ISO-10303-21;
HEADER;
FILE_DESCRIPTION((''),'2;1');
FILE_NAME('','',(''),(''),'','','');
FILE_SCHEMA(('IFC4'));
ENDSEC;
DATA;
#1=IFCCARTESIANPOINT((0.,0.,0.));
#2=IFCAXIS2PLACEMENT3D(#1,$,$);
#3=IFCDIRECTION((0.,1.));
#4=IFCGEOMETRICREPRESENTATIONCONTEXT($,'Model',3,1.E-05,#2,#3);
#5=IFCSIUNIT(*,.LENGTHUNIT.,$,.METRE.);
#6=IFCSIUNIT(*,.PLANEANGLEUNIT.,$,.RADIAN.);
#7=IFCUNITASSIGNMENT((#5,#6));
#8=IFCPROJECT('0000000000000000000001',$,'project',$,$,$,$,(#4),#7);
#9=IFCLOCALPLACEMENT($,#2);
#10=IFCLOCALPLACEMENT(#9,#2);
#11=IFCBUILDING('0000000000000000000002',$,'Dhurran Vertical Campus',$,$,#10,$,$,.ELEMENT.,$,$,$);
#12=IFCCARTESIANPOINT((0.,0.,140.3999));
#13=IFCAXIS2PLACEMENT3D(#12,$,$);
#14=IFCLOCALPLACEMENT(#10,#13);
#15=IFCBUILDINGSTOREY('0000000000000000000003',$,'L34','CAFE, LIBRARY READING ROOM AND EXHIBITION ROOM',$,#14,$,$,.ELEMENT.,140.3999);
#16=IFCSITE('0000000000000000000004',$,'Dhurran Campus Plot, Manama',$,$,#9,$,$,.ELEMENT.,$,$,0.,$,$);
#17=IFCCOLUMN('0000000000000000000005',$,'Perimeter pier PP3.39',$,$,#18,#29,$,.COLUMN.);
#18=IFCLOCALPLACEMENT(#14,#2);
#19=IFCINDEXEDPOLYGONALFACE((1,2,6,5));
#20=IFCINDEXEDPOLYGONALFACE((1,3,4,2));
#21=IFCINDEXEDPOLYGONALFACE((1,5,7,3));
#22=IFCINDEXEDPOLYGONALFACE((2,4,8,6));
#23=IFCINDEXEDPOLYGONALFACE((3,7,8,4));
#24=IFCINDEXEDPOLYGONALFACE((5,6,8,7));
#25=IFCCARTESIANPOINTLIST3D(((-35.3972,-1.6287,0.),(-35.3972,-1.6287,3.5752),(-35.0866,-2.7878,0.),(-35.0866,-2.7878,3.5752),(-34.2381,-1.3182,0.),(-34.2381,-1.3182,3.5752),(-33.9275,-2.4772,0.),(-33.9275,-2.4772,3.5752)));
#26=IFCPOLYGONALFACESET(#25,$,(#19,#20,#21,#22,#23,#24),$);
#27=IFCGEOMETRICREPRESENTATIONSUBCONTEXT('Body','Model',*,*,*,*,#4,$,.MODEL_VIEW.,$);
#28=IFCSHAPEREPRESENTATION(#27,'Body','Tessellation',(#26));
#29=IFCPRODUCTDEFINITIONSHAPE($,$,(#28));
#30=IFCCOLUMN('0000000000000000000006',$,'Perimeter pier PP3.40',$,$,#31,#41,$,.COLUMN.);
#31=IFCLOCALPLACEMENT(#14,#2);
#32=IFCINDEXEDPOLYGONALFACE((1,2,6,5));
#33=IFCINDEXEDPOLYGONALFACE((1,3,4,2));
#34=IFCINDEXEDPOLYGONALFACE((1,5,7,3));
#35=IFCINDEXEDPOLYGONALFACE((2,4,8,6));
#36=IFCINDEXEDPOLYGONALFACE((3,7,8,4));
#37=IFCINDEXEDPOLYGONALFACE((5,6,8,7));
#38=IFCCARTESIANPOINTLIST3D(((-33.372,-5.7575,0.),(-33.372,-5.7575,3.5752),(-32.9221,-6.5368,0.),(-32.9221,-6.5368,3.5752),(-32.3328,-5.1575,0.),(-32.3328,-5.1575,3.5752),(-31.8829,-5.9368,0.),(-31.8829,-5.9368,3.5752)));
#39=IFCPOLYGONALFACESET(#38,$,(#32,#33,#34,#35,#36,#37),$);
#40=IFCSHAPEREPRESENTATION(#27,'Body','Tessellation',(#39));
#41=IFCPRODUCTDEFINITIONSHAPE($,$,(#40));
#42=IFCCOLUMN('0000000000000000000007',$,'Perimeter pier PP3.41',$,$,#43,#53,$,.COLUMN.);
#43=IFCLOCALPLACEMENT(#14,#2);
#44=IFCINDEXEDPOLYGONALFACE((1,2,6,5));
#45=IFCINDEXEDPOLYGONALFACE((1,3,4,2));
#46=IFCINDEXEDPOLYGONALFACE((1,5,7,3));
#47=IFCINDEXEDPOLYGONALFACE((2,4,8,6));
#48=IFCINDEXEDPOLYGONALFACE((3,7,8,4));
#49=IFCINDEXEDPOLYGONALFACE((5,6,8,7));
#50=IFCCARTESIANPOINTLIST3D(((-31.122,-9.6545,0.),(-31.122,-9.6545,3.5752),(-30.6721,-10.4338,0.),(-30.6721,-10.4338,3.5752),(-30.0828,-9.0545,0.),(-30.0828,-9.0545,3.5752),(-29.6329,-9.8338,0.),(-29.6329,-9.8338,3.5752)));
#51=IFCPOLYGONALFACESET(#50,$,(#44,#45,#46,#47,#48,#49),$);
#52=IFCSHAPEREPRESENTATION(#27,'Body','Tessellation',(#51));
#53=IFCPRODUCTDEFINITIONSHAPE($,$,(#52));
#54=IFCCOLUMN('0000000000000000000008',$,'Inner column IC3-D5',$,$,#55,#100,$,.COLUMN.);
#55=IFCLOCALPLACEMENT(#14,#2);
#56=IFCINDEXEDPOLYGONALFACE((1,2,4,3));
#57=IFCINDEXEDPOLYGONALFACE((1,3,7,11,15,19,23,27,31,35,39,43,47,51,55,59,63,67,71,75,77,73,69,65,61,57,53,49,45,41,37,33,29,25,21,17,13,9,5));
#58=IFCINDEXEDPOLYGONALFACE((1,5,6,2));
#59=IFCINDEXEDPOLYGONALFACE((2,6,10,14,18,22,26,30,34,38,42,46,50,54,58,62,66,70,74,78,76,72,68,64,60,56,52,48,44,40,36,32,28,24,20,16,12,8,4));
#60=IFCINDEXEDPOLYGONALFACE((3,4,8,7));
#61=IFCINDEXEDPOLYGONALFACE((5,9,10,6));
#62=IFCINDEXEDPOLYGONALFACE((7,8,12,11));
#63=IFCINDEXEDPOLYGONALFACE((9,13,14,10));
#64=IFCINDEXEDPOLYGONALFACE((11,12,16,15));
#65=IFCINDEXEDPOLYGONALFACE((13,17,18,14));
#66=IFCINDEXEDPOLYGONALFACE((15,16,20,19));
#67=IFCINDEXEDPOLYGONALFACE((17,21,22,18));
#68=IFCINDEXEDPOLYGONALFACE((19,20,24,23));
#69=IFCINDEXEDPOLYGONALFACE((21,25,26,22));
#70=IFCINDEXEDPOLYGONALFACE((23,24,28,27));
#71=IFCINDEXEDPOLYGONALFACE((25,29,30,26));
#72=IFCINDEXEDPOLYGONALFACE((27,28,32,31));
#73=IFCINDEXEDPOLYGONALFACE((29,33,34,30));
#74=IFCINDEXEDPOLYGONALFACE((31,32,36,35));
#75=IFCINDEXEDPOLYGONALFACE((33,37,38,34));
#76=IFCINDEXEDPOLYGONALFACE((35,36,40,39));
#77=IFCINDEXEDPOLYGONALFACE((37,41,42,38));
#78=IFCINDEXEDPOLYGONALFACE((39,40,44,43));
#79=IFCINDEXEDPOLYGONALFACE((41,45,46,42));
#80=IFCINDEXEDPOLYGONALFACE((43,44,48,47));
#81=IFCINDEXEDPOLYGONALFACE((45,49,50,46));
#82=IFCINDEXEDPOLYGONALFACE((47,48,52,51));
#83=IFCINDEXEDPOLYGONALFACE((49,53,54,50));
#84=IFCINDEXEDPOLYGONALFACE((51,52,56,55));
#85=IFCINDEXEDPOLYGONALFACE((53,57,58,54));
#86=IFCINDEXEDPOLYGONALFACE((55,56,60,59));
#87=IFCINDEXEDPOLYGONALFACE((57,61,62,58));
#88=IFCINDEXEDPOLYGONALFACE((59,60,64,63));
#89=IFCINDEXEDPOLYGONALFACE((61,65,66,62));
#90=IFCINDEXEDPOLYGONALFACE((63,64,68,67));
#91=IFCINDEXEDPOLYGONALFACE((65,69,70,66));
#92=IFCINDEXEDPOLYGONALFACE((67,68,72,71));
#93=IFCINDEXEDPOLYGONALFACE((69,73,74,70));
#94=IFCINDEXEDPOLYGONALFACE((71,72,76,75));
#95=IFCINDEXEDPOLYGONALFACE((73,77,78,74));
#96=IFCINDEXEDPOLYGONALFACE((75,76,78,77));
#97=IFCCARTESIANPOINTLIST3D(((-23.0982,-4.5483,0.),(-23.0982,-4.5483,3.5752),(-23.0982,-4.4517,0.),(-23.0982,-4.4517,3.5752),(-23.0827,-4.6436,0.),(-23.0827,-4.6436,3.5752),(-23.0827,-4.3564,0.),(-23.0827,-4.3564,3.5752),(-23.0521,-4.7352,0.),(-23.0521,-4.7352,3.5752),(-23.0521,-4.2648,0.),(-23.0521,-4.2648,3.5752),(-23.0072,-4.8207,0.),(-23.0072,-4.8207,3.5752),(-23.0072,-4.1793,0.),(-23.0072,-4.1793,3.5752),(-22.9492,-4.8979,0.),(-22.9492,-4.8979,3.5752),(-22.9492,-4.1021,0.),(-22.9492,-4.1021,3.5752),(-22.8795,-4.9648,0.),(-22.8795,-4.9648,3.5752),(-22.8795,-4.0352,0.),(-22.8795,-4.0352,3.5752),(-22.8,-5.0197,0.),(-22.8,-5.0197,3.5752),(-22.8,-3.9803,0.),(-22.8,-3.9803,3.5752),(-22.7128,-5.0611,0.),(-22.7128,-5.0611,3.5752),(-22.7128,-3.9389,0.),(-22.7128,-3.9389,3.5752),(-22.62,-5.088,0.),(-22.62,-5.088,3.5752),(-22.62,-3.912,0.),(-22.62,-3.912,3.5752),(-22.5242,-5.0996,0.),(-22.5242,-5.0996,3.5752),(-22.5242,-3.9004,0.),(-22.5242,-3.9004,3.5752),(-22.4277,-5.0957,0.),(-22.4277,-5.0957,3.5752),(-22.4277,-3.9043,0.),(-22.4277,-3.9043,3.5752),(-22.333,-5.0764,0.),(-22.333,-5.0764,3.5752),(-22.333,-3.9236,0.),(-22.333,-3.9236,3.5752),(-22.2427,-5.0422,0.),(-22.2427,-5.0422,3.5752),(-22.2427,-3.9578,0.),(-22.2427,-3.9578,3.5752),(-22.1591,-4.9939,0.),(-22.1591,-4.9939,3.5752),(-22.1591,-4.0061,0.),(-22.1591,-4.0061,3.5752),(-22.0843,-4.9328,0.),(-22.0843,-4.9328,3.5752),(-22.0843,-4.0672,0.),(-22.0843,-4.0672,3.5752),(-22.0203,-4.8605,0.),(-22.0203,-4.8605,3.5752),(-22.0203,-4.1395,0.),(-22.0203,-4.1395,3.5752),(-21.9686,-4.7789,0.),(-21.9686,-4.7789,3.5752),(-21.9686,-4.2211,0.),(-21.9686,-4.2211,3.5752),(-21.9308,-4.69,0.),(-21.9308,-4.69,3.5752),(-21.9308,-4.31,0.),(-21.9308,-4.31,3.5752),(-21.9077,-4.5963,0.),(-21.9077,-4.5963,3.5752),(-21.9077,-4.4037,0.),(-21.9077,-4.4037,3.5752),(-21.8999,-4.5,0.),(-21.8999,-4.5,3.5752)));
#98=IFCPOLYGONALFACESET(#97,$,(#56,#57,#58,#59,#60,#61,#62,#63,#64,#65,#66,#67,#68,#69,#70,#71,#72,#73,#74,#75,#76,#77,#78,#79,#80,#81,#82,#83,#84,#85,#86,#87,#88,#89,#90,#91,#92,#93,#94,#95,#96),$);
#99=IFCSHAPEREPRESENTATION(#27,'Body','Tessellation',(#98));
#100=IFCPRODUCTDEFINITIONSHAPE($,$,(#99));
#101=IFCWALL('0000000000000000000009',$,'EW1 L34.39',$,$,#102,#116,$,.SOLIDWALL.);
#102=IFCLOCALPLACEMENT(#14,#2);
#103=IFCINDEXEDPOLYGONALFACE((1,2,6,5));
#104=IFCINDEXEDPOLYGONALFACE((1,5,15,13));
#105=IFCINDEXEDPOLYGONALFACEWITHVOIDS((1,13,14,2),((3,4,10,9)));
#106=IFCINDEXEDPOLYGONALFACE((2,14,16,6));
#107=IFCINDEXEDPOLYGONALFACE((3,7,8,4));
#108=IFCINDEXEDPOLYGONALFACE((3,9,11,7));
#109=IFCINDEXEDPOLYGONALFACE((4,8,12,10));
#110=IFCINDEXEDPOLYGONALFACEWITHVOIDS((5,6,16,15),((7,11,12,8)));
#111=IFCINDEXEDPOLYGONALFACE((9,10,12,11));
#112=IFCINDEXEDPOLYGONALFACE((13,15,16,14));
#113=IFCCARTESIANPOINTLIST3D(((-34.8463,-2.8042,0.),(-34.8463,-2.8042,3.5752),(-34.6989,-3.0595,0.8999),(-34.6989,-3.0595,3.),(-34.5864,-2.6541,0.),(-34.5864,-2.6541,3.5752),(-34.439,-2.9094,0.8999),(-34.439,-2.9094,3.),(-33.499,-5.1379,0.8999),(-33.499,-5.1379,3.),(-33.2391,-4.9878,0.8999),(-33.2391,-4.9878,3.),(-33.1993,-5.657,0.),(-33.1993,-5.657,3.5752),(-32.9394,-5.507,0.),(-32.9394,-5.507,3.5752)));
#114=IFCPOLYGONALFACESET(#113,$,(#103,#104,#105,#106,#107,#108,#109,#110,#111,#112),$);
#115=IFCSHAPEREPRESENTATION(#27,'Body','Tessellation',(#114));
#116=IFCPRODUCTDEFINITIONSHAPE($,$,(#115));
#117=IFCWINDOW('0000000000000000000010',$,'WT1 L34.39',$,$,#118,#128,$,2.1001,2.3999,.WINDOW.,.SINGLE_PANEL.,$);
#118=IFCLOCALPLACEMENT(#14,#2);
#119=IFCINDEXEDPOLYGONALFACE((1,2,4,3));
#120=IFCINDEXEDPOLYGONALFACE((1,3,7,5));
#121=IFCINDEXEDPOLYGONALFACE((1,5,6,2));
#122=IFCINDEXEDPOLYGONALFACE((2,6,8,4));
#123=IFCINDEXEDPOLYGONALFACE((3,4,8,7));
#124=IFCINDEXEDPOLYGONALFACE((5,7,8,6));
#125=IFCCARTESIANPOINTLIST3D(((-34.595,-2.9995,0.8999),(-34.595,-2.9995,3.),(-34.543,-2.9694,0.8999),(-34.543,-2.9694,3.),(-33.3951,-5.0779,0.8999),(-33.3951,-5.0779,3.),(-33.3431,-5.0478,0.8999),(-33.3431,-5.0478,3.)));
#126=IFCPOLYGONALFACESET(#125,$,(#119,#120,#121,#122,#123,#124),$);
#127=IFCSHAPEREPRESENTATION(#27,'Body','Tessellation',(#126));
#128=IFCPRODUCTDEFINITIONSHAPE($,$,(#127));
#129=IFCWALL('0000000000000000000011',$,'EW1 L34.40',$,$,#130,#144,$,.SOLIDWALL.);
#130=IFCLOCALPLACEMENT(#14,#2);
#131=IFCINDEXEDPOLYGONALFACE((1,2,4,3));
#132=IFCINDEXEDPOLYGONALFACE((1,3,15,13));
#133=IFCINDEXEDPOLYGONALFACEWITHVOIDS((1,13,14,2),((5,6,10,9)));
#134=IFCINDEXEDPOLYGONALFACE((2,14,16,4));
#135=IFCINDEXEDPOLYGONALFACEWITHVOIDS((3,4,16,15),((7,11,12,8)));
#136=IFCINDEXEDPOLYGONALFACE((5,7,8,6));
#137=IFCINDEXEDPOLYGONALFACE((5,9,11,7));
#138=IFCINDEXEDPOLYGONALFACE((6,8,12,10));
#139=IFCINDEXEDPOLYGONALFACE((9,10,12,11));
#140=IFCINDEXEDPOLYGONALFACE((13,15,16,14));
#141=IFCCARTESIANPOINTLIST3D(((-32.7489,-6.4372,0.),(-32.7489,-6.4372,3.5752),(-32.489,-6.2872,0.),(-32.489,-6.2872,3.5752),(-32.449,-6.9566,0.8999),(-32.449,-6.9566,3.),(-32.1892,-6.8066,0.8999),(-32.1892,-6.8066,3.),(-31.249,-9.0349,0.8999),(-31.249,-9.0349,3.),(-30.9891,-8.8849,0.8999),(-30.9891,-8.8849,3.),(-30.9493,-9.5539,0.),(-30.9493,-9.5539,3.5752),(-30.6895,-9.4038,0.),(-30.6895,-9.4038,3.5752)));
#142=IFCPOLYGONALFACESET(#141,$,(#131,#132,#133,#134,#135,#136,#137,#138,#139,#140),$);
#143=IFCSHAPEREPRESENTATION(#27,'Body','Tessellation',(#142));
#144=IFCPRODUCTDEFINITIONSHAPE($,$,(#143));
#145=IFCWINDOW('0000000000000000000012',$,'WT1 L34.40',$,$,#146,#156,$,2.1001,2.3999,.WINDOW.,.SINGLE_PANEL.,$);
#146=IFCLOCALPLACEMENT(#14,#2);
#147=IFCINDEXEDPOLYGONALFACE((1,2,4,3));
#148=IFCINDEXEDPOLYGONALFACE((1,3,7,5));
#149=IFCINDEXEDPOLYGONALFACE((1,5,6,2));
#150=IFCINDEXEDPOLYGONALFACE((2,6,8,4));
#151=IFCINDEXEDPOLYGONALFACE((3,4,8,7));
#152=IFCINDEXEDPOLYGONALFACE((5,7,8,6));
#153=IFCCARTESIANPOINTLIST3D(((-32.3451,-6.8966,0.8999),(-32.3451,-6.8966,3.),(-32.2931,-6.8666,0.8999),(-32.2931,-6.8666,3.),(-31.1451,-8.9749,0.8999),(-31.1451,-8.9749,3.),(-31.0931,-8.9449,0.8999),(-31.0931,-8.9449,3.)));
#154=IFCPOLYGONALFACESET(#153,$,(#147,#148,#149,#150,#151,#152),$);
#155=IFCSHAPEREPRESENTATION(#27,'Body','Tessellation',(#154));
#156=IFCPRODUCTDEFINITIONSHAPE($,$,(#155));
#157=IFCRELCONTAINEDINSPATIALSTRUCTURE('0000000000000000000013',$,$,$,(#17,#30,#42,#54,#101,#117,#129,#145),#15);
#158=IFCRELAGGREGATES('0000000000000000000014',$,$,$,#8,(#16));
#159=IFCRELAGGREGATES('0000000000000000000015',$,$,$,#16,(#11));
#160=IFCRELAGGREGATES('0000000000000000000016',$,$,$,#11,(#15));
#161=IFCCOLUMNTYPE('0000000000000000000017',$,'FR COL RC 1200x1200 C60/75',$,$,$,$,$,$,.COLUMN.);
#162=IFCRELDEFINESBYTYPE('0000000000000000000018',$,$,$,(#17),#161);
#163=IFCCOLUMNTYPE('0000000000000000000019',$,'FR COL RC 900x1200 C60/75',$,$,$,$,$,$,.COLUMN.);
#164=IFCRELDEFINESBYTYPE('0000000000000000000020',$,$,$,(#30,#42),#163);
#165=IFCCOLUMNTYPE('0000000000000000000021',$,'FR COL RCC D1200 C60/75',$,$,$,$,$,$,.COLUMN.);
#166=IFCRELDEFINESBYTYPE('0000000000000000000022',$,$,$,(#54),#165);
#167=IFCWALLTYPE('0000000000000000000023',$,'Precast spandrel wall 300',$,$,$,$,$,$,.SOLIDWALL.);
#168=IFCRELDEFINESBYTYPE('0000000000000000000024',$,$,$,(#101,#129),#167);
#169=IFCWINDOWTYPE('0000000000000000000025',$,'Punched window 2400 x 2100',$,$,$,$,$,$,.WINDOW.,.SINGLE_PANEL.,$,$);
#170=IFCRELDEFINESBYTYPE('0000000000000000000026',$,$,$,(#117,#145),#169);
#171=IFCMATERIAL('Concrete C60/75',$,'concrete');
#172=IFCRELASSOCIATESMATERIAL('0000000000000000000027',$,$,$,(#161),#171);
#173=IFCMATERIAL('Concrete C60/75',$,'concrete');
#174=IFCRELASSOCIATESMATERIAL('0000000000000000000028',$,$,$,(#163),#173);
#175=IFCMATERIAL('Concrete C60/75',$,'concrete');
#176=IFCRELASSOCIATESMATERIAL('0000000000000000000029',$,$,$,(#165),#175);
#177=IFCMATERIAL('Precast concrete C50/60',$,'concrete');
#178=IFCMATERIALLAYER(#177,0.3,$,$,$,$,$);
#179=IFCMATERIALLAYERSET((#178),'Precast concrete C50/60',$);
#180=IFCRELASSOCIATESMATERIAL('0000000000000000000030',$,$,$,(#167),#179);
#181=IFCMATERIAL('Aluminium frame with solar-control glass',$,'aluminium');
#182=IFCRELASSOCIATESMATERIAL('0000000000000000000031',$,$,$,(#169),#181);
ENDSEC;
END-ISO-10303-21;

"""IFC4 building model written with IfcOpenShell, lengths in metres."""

from ifc_helpers import new_model, si_unit, direction, frame, frame_2d, origin, origin_2d, place, context, subcontext, project, spatial, rectangle, circle, extrude, material, layer, layer_set, material_profile, profile_set, type_object, element, fill, save


model = new_model("IFC4")

# Units and contexts
model_context = context("Model", 3, precision=1e-05, world=origin(), true_north=direction((0.0, 1.0)))
body_context = subcontext(model_context, "Body", "Model", "MODEL_VIEW")
ifc_project = project(units=[si_unit("LENGTHUNIT", "METRE"), si_unit("PLANEANGLEUNIT", "RADIAN")], contexts=[model_context])

# Site, building, storey
site_placement = place(None, origin())
site = spatial("IfcSite", under=ifc_project, at=site_placement, Name="Dhurran Campus Plot, Manama", CompositionType="ELEMENT", RefElevation=0.0)
building_placement = place(site_placement, origin())
building = spatial("IfcBuilding", under=site, at=building_placement, Name="Dhurran Vertical Campus", CompositionType="ELEMENT")
storey_placement = place(building_placement, frame((0.0, 0.0, 140.3999)))
storey = spatial("IfcBuildingStorey", under=building, at=storey_placement, Name="L34", Description="CAFE, LIBRARY READING ROOM AND EXHIBITION ROOM", CompositionType="ELEMENT", Elevation=140.3999)

# Columns
ifc_material_1 = material(Name="Concrete C60/75", Category="concrete")
ifc_material_profile_1 = material_profile(ifc_material_1, rectangle(XDim=1.2, YDim=1.2, at=origin_2d()), Name="RC 1200x1200")
ifc_profile_set_1 = profile_set([ifc_material_profile_1], Name="Concrete C60/75")
column_type_1 = type_object("IfcColumnType", Name="FR COL RC 1200x1200 C60/75", PredefinedType="COLUMN", material=ifc_profile_set_1)
column_1_placement = place(storey_placement, frame((-34.6624, -2.053, 0.0), z_axis=(0.0, 0.0, 1.0), x_axis=(0.258819, -0.965926, 0.0)))
element("IfcColumn", 1, at=column_1_placement, inside=storey, type_object=column_type_1, Name="Perimeter pier PP3.39", PredefinedType="COLUMN", context=body_context, shape_type="SweptSolid", body=[
    extrude(rectangle(XDim=1.2, YDim=1.2, at=origin_2d()), origin(), (0.0, 0.0, 1.0), 3.5752),
])
ifc_material_2 = material(Name="Concrete C60/75", Category="concrete")
ifc_material_profile_2 = material_profile(ifc_material_2, rectangle(XDim=0.8999, YDim=1.2, at=origin_2d()), Name="RC 900x1200")
ifc_profile_set_2 = profile_set([ifc_material_profile_2], Name="Concrete C60/75")
column_type_2 = type_object("IfcColumnType", Name="FR COL RC 900x1200 C60/75", PredefinedType="COLUMN", material=ifc_profile_set_2)
for number, where, z_axis, x_axis, name in (
    (2, (-32.6274, -5.8472, 0.0), (0.0, 0.0, 1.0), (0.5, -0.866025, 0.0), "Perimeter pier PP3.40"),
    (3, (-30.3774, -9.7441, 0.0), (0.0, 0.0, 1.0), (0.5, -0.866025, 0.0), "Perimeter pier PP3.41"),
):
    element("IfcColumn", number, at=place(storey_placement, frame(where, z_axis=z_axis, x_axis=x_axis)), inside=storey, type_object=column_type_2, Name=name, PredefinedType="COLUMN", context=body_context, shape_type="SweptSolid", body=[
        extrude(rectangle(XDim=0.8999, YDim=1.2, at=origin_2d()), origin(), (0.0, 0.0, 1.0), 3.5752),
    ])
ifc_material_3 = material(Name="Concrete C60/75", Category="concrete")
ifc_material_profile_3 = material_profile(ifc_material_3, circle(Radius=0.6001, at=origin_2d()), Name="RCC D1200")
ifc_profile_set_3 = profile_set([ifc_material_profile_3], Name="Concrete C60/75")
column_type_3 = type_object("IfcColumnType", Name="FR COL RCC D1200 C60/75", PredefinedType="COLUMN", material=ifc_profile_set_3)
column_2_placement = place(storey_placement, frame((-22.5, -4.5, 0.0), z_axis=(0.0, 0.0, 1.0), x_axis=(1.0, 0.0, 0.0)))
element("IfcColumn", 4, at=column_2_placement, inside=storey, type_object=column_type_3, Name="Inner column IC3-D5", PredefinedType="COLUMN", context=body_context, shape_type="SweptSolid", body=[
    extrude(circle(Radius=0.6001, at=origin_2d()), origin(), (0.0, 0.0, 1.0), 3.5752),
])

# Walls, openings, windows
ifc_material_4 = material(Name="Precast concrete C50/60", Category="concrete")
ifc_layer_1 = layer(ifc_material_4, 0.3)
ifc_layer_set_1 = layer_set([ifc_layer_1], Name="Precast concrete C50/60")
wall_type_1 = type_object("IfcWallType", Name="Precast spandrel wall 300", PredefinedType="SOLIDWALL", material=ifc_layer_set_1)
wall_1_placement = place(storey_placement, frame((-34.7163, -2.7292, 0.0), z_axis=(0.0, 0.0, 1.0), x_axis=(0.499981, -0.866036, 0.0)))
wall_1 = element("IfcWall", 5, at=wall_1_placement, inside=storey, type_object=wall_type_1, Name="EW1 L34.39", PredefinedType="SOLIDWALL", context=body_context, shape_type="SweptSolid", body=[
    extrude(rectangle(XDim=3.2942, YDim=0.3, at=frame_2d((1.647, 0.0))), origin(), (0.0, 0.0, 1.0), 3.5752),
])
opening_1_placement = place(wall_1_placement, frame((0.2947, 0.0, 0.8999)))
opening_1 = element("IfcOpeningElement", 6, at=opening_1_placement, cuts=wall_1, PredefinedType="OPENING", context=body_context, shape_type="SweptSolid", body=[
    extrude(rectangle(XDim=2.3999, YDim=2.1001, at=frame_2d((1.2, 1.05))), frame((0.0, 0.1599, 0.0), z_axis=(0.0, -1.0, 0.0), x_axis=(1.0, 0.0, 0.0)), (0.0, 0.0, 1.0), 0.3201),
])
ifc_material_5 = material(Name="Aluminium frame with solar-control glass", Category="aluminium")
window_type = type_object("IfcWindowType", Name="Punched window 2400 x 2100", PartitioningType="SINGLE_PANEL", PredefinedType="WINDOW", material=ifc_material_5)
window_1_placement = place(opening_1_placement, origin())
window_1 = element("IfcWindow", 7, at=window_1_placement, inside=storey, type_object=window_type, Name="WT1 L34.39", OverallHeight=2.1001, OverallWidth=2.3999, PartitioningType="SINGLE_PANEL", PredefinedType="WINDOW", context=body_context, shape_type="SweptSolid", body=[
    extrude(rectangle(XDim=2.3999, YDim=2.1001, at=frame_2d((1.2, 1.05))), frame((0.0, 0.03, 0.0), z_axis=(0.0, -1.0, 0.0), x_axis=(1.0, 0.0, 0.0)), (0.0, 0.0, 1.0), 0.0601),
])
fill(opening_1, window_1)
wall_2_placement = place(storey_placement, frame((-32.6189, -6.3623, 0.0), z_axis=(0.0, 0.0, 1.0), x_axis=(0.500028, -0.866009, 0.0)))
wall_2 = element("IfcWall", 8, at=wall_2_placement, inside=storey, type_object=wall_type_1, Name="EW1 L34.40", PredefinedType="SOLIDWALL", context=body_context, shape_type="SweptSolid", body=[
    extrude(rectangle(XDim=3.5989, YDim=0.3, at=frame_2d((1.7993, 0.0))), origin(), (0.0, 0.0, 1.0), 3.5752),
])
opening_2_placement = place(wall_2_placement, frame((0.5996, 0.0, 0.8999)))
opening_2 = element("IfcOpeningElement", 9, at=opening_2_placement, cuts=wall_2, PredefinedType="OPENING", context=body_context, shape_type="SweptSolid", body=[
    extrude(rectangle(XDim=2.3999, YDim=2.1001, at=frame_2d((1.2, 1.05))), frame((0.0, 0.1599, 0.0), z_axis=(0.0, -1.0, 0.0), x_axis=(1.0, 0.0, 0.0)), (0.0, 0.0, 1.0), 0.3201),
])
window_2_placement = place(opening_2_placement, origin())
window_2 = element("IfcWindow", 10, at=window_2_placement, inside=storey, type_object=window_type, Name="WT1 L34.40", OverallHeight=2.1001, OverallWidth=2.3999, PartitioningType="SINGLE_PANEL", PredefinedType="WINDOW", context=body_context, shape_type="SweptSolid", body=[
    extrude(rectangle(XDim=2.3999, YDim=2.1001, at=frame_2d((1.2, 1.05))), frame((0.0, 0.03, 0.0), z_axis=(0.0, -1.0, 0.0), x_axis=(1.0, 0.0, 0.0)), (0.0, 0.0, 1.0), 0.0601),
])
fill(opening_2, window_2)

save(model, "model.ifc")
